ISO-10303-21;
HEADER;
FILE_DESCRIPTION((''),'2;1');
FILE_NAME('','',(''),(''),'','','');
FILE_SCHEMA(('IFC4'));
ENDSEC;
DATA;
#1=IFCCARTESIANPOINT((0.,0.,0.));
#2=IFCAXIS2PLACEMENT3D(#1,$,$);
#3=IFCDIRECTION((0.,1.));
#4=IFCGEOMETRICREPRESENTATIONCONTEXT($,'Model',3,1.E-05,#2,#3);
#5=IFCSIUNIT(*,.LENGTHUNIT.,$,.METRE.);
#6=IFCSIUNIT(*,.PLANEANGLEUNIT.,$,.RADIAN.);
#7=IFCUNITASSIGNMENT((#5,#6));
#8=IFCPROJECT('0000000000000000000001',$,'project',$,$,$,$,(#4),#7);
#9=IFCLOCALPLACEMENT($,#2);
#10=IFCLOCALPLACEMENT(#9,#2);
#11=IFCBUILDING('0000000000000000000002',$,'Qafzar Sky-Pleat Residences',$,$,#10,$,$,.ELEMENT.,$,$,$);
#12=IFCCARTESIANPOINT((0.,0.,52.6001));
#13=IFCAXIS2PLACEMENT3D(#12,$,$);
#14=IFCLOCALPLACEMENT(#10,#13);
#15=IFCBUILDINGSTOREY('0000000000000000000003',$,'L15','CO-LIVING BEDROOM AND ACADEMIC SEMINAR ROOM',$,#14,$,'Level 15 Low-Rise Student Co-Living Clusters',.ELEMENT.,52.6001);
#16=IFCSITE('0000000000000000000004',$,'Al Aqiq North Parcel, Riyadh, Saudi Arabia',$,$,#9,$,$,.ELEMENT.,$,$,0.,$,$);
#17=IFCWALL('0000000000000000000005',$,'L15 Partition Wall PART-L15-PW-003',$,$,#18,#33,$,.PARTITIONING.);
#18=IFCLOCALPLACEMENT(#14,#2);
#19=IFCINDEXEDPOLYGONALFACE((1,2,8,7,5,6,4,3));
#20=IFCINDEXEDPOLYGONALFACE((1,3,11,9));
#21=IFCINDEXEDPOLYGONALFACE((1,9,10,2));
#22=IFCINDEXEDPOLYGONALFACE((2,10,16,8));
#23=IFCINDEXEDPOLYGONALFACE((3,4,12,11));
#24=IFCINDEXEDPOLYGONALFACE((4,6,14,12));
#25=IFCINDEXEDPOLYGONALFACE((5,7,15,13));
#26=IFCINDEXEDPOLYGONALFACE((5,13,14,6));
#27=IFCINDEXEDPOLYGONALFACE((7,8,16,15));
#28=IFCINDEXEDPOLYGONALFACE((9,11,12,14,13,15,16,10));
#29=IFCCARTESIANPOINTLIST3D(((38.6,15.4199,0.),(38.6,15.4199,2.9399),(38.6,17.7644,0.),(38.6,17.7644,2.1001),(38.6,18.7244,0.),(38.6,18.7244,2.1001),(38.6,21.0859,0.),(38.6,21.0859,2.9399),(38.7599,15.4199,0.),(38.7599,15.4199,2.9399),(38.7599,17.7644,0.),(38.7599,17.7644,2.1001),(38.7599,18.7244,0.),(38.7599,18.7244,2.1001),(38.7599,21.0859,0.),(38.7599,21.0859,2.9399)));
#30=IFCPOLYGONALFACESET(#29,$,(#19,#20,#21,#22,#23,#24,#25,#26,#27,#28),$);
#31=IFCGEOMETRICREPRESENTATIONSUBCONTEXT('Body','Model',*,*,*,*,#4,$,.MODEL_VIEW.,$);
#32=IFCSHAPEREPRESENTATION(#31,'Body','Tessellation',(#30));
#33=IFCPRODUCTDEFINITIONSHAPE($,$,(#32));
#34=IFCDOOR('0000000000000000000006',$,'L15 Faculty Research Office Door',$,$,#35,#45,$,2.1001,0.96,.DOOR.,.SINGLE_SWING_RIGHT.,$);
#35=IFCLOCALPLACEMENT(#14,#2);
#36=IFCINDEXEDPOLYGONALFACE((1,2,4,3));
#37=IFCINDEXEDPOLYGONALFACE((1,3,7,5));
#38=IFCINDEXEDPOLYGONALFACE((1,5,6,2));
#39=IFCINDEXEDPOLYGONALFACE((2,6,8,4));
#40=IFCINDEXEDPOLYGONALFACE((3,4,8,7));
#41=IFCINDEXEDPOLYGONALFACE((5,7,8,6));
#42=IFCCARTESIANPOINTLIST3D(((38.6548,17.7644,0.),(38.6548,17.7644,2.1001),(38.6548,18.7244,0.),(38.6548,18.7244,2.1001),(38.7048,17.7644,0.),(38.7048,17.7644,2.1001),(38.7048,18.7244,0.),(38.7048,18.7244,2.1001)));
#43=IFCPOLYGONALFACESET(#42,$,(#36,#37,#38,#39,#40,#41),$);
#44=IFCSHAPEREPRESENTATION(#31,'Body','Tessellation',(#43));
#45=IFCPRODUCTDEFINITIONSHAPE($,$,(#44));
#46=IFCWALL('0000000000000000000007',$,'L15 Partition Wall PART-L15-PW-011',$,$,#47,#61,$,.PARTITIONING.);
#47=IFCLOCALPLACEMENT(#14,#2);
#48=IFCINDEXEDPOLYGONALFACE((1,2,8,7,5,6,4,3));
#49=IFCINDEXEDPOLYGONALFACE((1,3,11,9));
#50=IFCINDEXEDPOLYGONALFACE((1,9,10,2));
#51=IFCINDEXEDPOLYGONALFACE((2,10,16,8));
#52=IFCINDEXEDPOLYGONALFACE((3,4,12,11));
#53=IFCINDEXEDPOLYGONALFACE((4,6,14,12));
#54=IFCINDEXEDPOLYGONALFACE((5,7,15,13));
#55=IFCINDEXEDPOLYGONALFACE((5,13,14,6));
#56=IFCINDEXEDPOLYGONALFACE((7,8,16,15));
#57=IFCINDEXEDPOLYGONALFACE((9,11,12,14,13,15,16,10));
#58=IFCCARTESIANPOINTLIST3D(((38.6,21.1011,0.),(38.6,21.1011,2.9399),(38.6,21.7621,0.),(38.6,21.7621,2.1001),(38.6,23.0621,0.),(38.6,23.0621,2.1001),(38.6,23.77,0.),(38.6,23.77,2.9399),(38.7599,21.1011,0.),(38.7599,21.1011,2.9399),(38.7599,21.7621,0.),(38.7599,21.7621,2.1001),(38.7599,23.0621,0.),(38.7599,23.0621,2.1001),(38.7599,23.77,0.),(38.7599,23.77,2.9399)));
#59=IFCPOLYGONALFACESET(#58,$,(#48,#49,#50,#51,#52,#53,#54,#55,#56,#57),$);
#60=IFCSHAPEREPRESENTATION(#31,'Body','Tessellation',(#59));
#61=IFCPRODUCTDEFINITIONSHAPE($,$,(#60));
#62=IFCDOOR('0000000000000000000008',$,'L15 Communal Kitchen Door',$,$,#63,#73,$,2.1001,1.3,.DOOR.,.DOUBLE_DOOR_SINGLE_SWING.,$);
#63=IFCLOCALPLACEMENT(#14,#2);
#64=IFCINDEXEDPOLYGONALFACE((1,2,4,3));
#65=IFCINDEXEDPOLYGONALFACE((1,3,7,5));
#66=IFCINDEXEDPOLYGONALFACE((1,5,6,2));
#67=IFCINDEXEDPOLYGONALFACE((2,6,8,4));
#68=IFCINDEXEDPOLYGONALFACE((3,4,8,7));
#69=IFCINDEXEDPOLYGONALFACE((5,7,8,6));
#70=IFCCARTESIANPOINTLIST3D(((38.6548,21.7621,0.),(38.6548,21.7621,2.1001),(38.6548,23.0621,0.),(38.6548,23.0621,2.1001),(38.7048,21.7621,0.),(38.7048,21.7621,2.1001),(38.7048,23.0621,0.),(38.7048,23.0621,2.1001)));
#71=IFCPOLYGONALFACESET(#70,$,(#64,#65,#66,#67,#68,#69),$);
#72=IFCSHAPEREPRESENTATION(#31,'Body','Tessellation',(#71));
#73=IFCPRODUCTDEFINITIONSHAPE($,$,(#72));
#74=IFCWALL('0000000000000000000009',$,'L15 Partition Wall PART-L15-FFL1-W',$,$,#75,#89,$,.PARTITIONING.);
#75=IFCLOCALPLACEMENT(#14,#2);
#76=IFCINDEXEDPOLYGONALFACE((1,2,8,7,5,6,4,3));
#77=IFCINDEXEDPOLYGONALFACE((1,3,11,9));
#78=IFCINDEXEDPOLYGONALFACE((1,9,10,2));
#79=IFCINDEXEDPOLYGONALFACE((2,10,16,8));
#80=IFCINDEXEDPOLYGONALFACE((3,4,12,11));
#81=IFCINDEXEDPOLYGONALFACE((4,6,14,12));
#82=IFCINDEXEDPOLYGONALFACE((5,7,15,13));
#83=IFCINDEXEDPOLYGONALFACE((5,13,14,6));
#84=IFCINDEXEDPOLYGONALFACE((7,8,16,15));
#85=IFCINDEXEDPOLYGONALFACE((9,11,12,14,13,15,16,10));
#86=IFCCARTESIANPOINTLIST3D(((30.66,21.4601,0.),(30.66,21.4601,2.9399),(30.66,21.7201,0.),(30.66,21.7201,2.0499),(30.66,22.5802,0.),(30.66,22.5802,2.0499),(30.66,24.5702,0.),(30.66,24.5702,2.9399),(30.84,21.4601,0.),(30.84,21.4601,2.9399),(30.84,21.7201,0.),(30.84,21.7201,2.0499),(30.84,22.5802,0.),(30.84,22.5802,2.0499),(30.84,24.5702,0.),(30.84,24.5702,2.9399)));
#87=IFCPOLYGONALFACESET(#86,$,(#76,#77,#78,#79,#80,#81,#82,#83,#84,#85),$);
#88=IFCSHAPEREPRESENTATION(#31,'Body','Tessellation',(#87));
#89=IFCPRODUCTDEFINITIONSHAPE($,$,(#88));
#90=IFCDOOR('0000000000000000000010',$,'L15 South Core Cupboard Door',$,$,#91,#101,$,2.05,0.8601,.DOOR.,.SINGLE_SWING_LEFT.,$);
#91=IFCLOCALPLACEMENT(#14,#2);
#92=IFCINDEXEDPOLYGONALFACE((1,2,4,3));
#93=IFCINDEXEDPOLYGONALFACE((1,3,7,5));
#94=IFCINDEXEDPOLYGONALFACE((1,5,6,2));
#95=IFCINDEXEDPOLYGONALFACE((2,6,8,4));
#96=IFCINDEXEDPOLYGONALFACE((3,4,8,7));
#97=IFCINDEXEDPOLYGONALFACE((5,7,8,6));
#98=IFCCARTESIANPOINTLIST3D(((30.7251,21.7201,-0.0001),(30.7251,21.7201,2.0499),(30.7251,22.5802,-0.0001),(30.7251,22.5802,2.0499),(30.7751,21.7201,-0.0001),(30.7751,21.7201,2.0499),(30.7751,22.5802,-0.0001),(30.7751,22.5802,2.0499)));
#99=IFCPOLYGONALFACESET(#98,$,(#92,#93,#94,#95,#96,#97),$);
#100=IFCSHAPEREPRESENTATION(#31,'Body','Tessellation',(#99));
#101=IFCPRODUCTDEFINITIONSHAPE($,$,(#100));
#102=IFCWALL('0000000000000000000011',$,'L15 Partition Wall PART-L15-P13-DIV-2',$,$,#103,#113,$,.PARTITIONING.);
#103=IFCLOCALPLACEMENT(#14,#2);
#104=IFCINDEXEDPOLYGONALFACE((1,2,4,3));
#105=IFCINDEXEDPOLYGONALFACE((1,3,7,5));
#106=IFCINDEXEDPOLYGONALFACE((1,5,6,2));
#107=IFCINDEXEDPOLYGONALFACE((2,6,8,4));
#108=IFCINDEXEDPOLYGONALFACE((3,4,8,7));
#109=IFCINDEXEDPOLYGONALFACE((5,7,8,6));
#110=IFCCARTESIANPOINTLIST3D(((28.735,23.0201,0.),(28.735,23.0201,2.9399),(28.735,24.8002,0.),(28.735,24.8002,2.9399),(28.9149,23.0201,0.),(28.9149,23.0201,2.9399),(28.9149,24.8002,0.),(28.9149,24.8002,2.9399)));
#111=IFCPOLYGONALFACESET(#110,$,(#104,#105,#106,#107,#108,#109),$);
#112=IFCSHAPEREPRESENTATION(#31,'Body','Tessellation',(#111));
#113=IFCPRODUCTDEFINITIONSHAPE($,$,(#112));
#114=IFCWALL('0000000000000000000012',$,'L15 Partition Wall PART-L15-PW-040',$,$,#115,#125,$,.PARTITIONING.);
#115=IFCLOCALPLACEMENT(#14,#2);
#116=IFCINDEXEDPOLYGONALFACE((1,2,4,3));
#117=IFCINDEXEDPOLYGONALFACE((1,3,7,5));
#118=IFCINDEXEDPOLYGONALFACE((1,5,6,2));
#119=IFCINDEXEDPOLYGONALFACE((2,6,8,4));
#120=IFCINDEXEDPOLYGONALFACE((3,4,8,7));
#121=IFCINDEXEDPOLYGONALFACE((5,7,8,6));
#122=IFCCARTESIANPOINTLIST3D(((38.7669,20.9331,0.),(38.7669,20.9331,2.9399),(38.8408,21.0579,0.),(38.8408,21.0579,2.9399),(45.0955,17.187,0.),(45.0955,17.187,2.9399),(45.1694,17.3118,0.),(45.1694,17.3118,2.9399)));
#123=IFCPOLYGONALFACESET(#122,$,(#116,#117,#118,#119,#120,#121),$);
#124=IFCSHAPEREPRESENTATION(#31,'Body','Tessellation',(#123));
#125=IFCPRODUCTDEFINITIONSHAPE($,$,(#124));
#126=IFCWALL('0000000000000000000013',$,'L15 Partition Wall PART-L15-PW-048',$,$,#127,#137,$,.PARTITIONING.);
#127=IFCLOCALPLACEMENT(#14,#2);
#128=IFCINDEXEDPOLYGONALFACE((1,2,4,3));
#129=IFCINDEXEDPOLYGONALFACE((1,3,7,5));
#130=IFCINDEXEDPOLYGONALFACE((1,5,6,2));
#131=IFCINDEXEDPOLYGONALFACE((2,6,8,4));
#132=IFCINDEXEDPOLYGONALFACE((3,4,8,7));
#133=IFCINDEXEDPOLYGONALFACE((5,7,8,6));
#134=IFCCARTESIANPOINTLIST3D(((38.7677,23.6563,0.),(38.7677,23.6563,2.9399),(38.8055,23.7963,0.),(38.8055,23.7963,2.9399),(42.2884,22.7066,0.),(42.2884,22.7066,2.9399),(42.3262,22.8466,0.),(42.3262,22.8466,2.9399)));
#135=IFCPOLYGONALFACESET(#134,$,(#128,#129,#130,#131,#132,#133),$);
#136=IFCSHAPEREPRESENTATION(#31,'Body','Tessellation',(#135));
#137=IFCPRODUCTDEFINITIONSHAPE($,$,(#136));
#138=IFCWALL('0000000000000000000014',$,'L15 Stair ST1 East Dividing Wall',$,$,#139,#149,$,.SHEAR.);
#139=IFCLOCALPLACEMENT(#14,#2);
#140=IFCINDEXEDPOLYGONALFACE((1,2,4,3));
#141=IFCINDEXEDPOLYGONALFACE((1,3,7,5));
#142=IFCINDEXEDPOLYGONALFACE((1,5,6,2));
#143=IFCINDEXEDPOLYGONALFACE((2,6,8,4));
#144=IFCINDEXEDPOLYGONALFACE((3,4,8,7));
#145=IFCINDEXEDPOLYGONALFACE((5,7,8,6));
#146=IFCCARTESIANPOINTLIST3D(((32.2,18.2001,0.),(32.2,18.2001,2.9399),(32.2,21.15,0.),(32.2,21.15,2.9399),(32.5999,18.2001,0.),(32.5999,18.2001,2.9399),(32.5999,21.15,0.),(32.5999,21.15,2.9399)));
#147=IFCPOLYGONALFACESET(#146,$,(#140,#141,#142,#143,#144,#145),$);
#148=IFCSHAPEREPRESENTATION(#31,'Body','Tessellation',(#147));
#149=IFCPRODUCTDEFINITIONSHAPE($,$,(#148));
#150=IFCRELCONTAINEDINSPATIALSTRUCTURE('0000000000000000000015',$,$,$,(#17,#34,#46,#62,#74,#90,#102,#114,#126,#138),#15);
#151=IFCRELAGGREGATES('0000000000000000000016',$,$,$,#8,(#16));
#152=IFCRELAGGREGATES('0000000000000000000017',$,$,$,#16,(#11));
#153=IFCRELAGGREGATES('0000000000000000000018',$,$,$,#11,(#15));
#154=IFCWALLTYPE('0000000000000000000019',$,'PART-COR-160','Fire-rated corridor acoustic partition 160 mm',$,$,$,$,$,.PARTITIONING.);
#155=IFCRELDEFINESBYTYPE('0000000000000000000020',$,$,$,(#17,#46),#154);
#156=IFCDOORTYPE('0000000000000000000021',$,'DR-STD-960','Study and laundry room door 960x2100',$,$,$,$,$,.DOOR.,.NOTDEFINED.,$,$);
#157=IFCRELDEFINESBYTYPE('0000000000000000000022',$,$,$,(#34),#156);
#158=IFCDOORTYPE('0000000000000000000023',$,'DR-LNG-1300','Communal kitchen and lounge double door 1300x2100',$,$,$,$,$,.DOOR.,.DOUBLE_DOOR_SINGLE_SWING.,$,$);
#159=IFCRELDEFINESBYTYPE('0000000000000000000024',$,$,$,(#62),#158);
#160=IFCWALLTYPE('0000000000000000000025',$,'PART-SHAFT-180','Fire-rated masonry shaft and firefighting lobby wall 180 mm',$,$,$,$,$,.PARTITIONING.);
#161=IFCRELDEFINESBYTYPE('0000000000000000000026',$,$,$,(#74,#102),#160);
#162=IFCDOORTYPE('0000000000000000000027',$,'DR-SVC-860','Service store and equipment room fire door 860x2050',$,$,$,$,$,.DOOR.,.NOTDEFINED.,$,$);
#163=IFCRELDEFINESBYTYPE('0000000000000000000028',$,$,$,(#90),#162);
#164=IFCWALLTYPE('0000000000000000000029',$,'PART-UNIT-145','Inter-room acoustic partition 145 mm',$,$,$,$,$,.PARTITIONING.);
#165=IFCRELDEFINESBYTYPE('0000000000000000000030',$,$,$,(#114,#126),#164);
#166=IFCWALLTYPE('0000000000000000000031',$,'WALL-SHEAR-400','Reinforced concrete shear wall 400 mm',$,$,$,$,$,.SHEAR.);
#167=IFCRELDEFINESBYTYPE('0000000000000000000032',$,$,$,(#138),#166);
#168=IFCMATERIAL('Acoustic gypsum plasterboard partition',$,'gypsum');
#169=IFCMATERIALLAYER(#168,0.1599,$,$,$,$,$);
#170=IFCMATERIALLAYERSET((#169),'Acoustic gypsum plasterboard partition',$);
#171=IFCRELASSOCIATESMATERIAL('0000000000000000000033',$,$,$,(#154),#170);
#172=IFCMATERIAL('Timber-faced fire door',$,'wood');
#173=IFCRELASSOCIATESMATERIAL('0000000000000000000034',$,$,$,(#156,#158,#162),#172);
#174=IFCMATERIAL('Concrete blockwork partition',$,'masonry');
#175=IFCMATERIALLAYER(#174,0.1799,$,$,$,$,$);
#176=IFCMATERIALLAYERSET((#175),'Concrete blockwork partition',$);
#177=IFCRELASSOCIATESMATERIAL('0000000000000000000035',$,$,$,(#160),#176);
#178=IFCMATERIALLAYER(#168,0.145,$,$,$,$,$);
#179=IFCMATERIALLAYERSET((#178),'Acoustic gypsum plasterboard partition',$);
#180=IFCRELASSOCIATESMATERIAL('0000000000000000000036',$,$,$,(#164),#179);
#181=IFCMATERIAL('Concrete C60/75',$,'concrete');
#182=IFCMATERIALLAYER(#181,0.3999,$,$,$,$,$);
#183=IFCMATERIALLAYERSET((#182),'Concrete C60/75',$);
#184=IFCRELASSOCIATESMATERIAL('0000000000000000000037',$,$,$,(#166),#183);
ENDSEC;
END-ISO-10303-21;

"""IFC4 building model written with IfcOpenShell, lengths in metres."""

from ifc_helpers import new_model, si_unit, direction, frame, frame_2d, origin, place, context, subcontext, project, spatial, rectangle, extrude, source, transform, mapped, material, layer, layer_set, type_object, element, fill, save


model = new_model("IFC4")

# Units and contexts
model_context = context("Model", 3, precision=1e-05, world=origin(), true_north=direction((0.0, 1.0)))
body_context = subcontext(model_context, "Body", "Model", "MODEL_VIEW")
ifc_project = project(units=[si_unit("LENGTHUNIT", "METRE"), si_unit("PLANEANGLEUNIT", "RADIAN")], contexts=[model_context])

# Site, building, storey
site_placement = place(None, origin())
site = spatial("IfcSite", under=ifc_project, at=site_placement, Name="Al Aqiq North Parcel, Riyadh, Saudi Arabia", CompositionType="ELEMENT", RefElevation=0.0)
building_placement = place(site_placement, origin())
building = spatial("IfcBuilding", under=site, at=building_placement, Name="Qafzar Sky-Pleat Residences", CompositionType="ELEMENT")
storey_placement = place(building_placement, frame((0.0, 0.0, 52.6001)))
storey = spatial("IfcBuildingStorey", under=building, at=storey_placement, Name="L15", Description="CO-LIVING BEDROOM AND ACADEMIC SEMINAR ROOM", LongName="Level 15 Low-Rise Student Co-Living Clusters", CompositionType="ELEMENT", Elevation=52.6001)

# Walls, openings, doors
ifc_material_1 = material(Name="Acoustic gypsum plasterboard partition", Category="gypsum")
ifc_layer_1 = layer(ifc_material_1, 0.1599)
ifc_layer_set_1 = layer_set([ifc_layer_1], Name="Acoustic gypsum plasterboard partition")
wall_type_1 = type_object("IfcWallType", Name="PART-COR-160", Description="Fire-rated corridor acoustic partition 160 mm", PredefinedType="PARTITIONING", material=ifc_layer_set_1)
wall_1_placement = place(storey_placement, frame((38.6799, 21.0859, 0.0), z_axis=(0.0, 0.0, 1.0), x_axis=(0.0, -1.0, 0.0)))
wall_1 = element("IfcWall", 1, at=wall_1_placement, inside=storey, type_object=wall_type_1, Name="L15 Partition Wall PART-L15-PW-003", PredefinedType="PARTITIONING", context=body_context, shape_type="SweptSolid", body=[
    extrude(rectangle(XDim=5.666, YDim=0.1599, at=frame_2d((2.833, 0.0))), origin(), (0.0, 0.0, 1.0), 2.9399),
])
opening_1_placement = place(wall_1_placement, frame((2.3616, 0.0, 0.0)))
opening_1 = element("IfcOpeningElement", 2, at=opening_1_placement, cuts=wall_1, PredefinedType="OPENING", context=body_context, shape_type="SweptSolid", body=[
    extrude(rectangle(XDim=0.96, YDim=2.1001, at=frame_2d((0.48, 1.05))), frame((0.0, 0.0898, 0.0), z_axis=(0.0, -1.0, 0.0), x_axis=(1.0, 0.0, 0.0)), (0.0, 0.0, 1.0), 0.1799),
])
ifc_material_2 = material(Name="Timber-faced fire door", Category="wood")
door_type_1 = type_object("IfcDoorType", Name="DR-STD-960", Description="Study and laundry room door 960x2100", OperationType="NOTDEFINED", PredefinedType="DOOR", material=ifc_material_2)
shared_shape_1 = source(origin(), body_context, "Body", "SweptSolid", [
    extrude(rectangle(XDim=0.96, YDim=2.1001, at=frame_2d((0.48, 1.05))), frame((0.0, 0.0249, 0.0), z_axis=(0.0, -1.0, 0.0), x_axis=(1.0, 0.0, 0.0)), (0.0, 0.0, 1.0), 0.05),
])
door_1_placement = place(opening_1_placement, origin())
door_1 = element("IfcDoor", 3, at=door_1_placement, inside=storey, type_object=door_type_1, Name="L15 Faculty Research Office Door", OperationType="SINGLE_SWING_RIGHT", OverallHeight=2.1001, OverallWidth=0.96, PredefinedType="DOOR", context=body_context, shape_type="MappedRepresentation", body=[
    mapped(shared_shape_1, transform((0.0, 0.0, 0.0), x_axis=(1.0, 0.0, 0.0), y_axis=(0.0, 1.0, 0.0), z_axis=(0.0, 0.0, 1.0), scale=1.0)),
])
fill(opening_1, door_1)
wall_2_placement = place(storey_placement, frame((38.6799, 23.77, 0.0), z_axis=(0.0, 0.0, 1.0), x_axis=(0.0, -1.0, 0.0)))
wall_2 = element("IfcWall", 4, at=wall_2_placement, inside=storey, type_object=wall_type_1, Name="L15 Partition Wall PART-L15-PW-011", PredefinedType="PARTITIONING", context=body_context, shape_type="SweptSolid", body=[
    extrude(rectangle(XDim=2.6689, YDim=0.1599, at=frame_2d((1.3345, 0.0))), origin(), (0.0, 0.0, 1.0), 2.9399),
])
opening_2_placement = place(wall_2_placement, frame((0.708, 0.0, 0.0)))
opening_2 = element("IfcOpeningElement", 5, at=opening_2_placement, cuts=wall_2, PredefinedType="OPENING", context=body_context, shape_type="SweptSolid", body=[
    extrude(rectangle(XDim=1.3, YDim=2.1001, at=frame_2d((0.6499, 1.05))), frame((0.0, 0.0898, 0.0), z_axis=(0.0, -1.0, 0.0), x_axis=(1.0, 0.0, 0.0)), (0.0, 0.0, 1.0), 0.1799),
])
door_type_2 = type_object("IfcDoorType", Name="DR-LNG-1300", Description="Communal kitchen and lounge double door 1300x2100", OperationType="DOUBLE_DOOR_SINGLE_SWING", PredefinedType="DOOR", material=ifc_material_2)
shared_shape_2 = source(origin(), body_context, "Body", "SweptSolid", [
    extrude(rectangle(XDim=1.3, YDim=2.1001, at=frame_2d((0.6499, 1.05))), frame((0.0, 0.0249, 0.0), z_axis=(0.0, -1.0, 0.0), x_axis=(1.0, 0.0, 0.0)), (0.0, 0.0, 1.0), 0.05),
])
door_2_placement = place(opening_2_placement, origin())
door_2 = element("IfcDoor", 6, at=door_2_placement, inside=storey, type_object=door_type_2, Name="L15 Communal Kitchen Door", OperationType="DOUBLE_DOOR_SINGLE_SWING", OverallHeight=2.1001, OverallWidth=1.3, PredefinedType="DOOR", context=body_context, shape_type="MappedRepresentation", body=[
    mapped(shared_shape_2, transform((0.0, 0.0, 0.0), x_axis=(1.0, 0.0, 0.0), y_axis=(0.0, 1.0, 0.0), z_axis=(0.0, 0.0, 1.0), scale=1.0)),
])
fill(opening_2, door_2)
ifc_material_3 = material(Name="Concrete blockwork partition", Category="masonry")
ifc_layer_2 = layer(ifc_material_3, 0.1799)
ifc_layer_set_2 = layer_set([ifc_layer_2], Name="Concrete blockwork partition")
wall_type_2 = type_object("IfcWallType", Name="PART-SHAFT-180", Description="Fire-rated masonry shaft and firefighting lobby wall 180 mm", PredefinedType="PARTITIONING", material=ifc_layer_set_2)
wall_3_placement = place(storey_placement, frame((30.75, 21.46, 0.0), z_axis=(0.0, 0.0, 1.0), x_axis=(0.0, 1.0, 0.0)))
wall_3 = element("IfcWall", 7, at=wall_3_placement, inside=storey, type_object=wall_type_2, Name="L15 Partition Wall PART-L15-FFL1-W", PredefinedType="PARTITIONING", context=body_context, shape_type="SweptSolid", body=[
    extrude(rectangle(XDim=3.1101, YDim=0.1799, at=frame_2d((1.5552, 0.0))), origin(), (0.0, 0.0, 1.0), 2.9399),
])
opening_3_placement = place(wall_3_placement, frame((0.26, 0.0, 0.0)))
opening_3 = element("IfcOpeningElement", 8, at=opening_3_placement, cuts=wall_3, PredefinedType="OPENING", context=body_context, shape_type="SweptSolid", body=[
    extrude(rectangle(XDim=0.8601, YDim=2.05, at=frame_2d((0.4302, 1.0249))), frame((0.0, 0.1001, 0.0), z_axis=(0.0, -1.0, 0.0), x_axis=(1.0, 0.0, 0.0)), (0.0, 0.0, 1.0), 0.2),
])
door_type_3 = type_object("IfcDoorType", Name="DR-SVC-860", Description="Service store and equipment room fire door 860x2050", OperationType="NOTDEFINED", PredefinedType="DOOR", material=ifc_material_2)
shared_shape_3 = source(origin(), body_context, "Body", "SweptSolid", [
    extrude(rectangle(XDim=0.8601, YDim=2.05, at=frame_2d((0.4302, 1.0249))), frame((0.0, 0.0249, 0.0), z_axis=(0.0, -1.0, 0.0), x_axis=(1.0, 0.0, 0.0)), (0.0, 0.0, 1.0), 0.05),
])
door_3_placement = place(opening_3_placement, origin())
door_3 = element("IfcDoor", 9, at=door_3_placement, inside=storey, type_object=door_type_3, Name="L15 South Core Cupboard Door", OperationType="SINGLE_SWING_LEFT", OverallHeight=2.05, OverallWidth=0.8601, PredefinedType="DOOR", context=body_context, shape_type="MappedRepresentation", body=[
    mapped(shared_shape_3, transform((0.0, 0.0, 0.0), x_axis=(1.0, 0.0, 0.0), y_axis=(0.0, 1.0, 0.0), z_axis=(0.0, 0.0, 1.0), scale=1.0)),
])
fill(opening_3, door_3)

# Walls
wall_4_placement = place(storey_placement, frame((28.825, 23.02, 0.0), z_axis=(0.0, 0.0, 1.0), x_axis=(0.0, 1.0, 0.0)))
element("IfcWall", 10, at=wall_4_placement, inside=storey, type_object=wall_type_2, Name="L15 Partition Wall PART-L15-P13-DIV-2", PredefinedType="PARTITIONING", context=body_context, shape_type="SweptSolid", body=[
    extrude(rectangle(XDim=1.78, YDim=0.1799, at=frame_2d((0.8901, 0.0))), origin(), (0.0, 0.0, 1.0), 2.9399),
])
ifc_layer_3 = layer(ifc_material_1, 0.145)
ifc_layer_set_3 = layer_set([ifc_layer_3], Name="Acoustic gypsum plasterboard partition")
wall_type_3 = type_object("IfcWallType", Name="PART-UNIT-145", Description="Inter-room acoustic partition 145 mm", PredefinedType="PARTITIONING", material=ifc_layer_set_3)
wall_5_placement = place(storey_placement, frame((38.8037, 20.9956, 0.0), z_axis=(0.0, 0.0, 1.0), x_axis=(0.860542, -0.50938, 0.0)))
element("IfcWall", 11, at=wall_5_placement, inside=storey, type_object=wall_type_3, Name="L15 Partition Wall PART-L15-PW-040", PredefinedType="PARTITIONING", context=body_context, shape_type="SweptSolid", body=[
    extrude(rectangle(XDim=7.3542, YDim=0.145, at=frame_2d((3.6772, 0.0))), origin(), (0.0, 0.0, 1.0), 2.9399),
])
wall_6_placement = place(storey_placement, frame((38.7866, 23.7263, 0.0), z_axis=(0.0, 0.0, 1.0), x_axis=(0.965491, -0.260437, 0.0)))
element("IfcWall", 12, at=wall_6_placement, inside=storey, type_object=wall_type_3, Name="L15 Partition Wall PART-L15-PW-048", PredefinedType="PARTITIONING", context=body_context, shape_type="SweptSolid", body=[
    extrude(rectangle(XDim=3.6465, YDim=0.145, at=frame_2d((1.8232, 0.0))), origin(), (0.0, 0.0, 1.0), 2.9399),
])
ifc_material_4 = material(Name="Concrete C60/75", Category="concrete")
ifc_layer_4 = layer(ifc_material_4, 0.3999)
ifc_layer_set_4 = layer_set([ifc_layer_4], Name="Concrete C60/75")
wall_type_4 = type_object("IfcWallType", Name="WALL-SHEAR-400", Description="Reinforced concrete shear wall 400 mm", PredefinedType="SHEAR", material=ifc_layer_set_4)
wall_7_placement = place(storey_placement, frame((32.3999, 18.2, 0.0), z_axis=(0.0, 0.0, 1.0), x_axis=(0.0, 1.0, 0.0)))
element("IfcWall", 13, at=wall_7_placement, inside=storey, type_object=wall_type_4, Name="L15 Stair ST1 East Dividing Wall", PredefinedType="SHEAR", context=body_context, shape_type="SweptSolid", body=[
    extrude(rectangle(XDim=2.95, YDim=0.3999, at=frame_2d((1.4751, 0.0))), origin(), (0.0, 0.0, 1.0), 2.9399),
])

save(model, "model.ifc")
